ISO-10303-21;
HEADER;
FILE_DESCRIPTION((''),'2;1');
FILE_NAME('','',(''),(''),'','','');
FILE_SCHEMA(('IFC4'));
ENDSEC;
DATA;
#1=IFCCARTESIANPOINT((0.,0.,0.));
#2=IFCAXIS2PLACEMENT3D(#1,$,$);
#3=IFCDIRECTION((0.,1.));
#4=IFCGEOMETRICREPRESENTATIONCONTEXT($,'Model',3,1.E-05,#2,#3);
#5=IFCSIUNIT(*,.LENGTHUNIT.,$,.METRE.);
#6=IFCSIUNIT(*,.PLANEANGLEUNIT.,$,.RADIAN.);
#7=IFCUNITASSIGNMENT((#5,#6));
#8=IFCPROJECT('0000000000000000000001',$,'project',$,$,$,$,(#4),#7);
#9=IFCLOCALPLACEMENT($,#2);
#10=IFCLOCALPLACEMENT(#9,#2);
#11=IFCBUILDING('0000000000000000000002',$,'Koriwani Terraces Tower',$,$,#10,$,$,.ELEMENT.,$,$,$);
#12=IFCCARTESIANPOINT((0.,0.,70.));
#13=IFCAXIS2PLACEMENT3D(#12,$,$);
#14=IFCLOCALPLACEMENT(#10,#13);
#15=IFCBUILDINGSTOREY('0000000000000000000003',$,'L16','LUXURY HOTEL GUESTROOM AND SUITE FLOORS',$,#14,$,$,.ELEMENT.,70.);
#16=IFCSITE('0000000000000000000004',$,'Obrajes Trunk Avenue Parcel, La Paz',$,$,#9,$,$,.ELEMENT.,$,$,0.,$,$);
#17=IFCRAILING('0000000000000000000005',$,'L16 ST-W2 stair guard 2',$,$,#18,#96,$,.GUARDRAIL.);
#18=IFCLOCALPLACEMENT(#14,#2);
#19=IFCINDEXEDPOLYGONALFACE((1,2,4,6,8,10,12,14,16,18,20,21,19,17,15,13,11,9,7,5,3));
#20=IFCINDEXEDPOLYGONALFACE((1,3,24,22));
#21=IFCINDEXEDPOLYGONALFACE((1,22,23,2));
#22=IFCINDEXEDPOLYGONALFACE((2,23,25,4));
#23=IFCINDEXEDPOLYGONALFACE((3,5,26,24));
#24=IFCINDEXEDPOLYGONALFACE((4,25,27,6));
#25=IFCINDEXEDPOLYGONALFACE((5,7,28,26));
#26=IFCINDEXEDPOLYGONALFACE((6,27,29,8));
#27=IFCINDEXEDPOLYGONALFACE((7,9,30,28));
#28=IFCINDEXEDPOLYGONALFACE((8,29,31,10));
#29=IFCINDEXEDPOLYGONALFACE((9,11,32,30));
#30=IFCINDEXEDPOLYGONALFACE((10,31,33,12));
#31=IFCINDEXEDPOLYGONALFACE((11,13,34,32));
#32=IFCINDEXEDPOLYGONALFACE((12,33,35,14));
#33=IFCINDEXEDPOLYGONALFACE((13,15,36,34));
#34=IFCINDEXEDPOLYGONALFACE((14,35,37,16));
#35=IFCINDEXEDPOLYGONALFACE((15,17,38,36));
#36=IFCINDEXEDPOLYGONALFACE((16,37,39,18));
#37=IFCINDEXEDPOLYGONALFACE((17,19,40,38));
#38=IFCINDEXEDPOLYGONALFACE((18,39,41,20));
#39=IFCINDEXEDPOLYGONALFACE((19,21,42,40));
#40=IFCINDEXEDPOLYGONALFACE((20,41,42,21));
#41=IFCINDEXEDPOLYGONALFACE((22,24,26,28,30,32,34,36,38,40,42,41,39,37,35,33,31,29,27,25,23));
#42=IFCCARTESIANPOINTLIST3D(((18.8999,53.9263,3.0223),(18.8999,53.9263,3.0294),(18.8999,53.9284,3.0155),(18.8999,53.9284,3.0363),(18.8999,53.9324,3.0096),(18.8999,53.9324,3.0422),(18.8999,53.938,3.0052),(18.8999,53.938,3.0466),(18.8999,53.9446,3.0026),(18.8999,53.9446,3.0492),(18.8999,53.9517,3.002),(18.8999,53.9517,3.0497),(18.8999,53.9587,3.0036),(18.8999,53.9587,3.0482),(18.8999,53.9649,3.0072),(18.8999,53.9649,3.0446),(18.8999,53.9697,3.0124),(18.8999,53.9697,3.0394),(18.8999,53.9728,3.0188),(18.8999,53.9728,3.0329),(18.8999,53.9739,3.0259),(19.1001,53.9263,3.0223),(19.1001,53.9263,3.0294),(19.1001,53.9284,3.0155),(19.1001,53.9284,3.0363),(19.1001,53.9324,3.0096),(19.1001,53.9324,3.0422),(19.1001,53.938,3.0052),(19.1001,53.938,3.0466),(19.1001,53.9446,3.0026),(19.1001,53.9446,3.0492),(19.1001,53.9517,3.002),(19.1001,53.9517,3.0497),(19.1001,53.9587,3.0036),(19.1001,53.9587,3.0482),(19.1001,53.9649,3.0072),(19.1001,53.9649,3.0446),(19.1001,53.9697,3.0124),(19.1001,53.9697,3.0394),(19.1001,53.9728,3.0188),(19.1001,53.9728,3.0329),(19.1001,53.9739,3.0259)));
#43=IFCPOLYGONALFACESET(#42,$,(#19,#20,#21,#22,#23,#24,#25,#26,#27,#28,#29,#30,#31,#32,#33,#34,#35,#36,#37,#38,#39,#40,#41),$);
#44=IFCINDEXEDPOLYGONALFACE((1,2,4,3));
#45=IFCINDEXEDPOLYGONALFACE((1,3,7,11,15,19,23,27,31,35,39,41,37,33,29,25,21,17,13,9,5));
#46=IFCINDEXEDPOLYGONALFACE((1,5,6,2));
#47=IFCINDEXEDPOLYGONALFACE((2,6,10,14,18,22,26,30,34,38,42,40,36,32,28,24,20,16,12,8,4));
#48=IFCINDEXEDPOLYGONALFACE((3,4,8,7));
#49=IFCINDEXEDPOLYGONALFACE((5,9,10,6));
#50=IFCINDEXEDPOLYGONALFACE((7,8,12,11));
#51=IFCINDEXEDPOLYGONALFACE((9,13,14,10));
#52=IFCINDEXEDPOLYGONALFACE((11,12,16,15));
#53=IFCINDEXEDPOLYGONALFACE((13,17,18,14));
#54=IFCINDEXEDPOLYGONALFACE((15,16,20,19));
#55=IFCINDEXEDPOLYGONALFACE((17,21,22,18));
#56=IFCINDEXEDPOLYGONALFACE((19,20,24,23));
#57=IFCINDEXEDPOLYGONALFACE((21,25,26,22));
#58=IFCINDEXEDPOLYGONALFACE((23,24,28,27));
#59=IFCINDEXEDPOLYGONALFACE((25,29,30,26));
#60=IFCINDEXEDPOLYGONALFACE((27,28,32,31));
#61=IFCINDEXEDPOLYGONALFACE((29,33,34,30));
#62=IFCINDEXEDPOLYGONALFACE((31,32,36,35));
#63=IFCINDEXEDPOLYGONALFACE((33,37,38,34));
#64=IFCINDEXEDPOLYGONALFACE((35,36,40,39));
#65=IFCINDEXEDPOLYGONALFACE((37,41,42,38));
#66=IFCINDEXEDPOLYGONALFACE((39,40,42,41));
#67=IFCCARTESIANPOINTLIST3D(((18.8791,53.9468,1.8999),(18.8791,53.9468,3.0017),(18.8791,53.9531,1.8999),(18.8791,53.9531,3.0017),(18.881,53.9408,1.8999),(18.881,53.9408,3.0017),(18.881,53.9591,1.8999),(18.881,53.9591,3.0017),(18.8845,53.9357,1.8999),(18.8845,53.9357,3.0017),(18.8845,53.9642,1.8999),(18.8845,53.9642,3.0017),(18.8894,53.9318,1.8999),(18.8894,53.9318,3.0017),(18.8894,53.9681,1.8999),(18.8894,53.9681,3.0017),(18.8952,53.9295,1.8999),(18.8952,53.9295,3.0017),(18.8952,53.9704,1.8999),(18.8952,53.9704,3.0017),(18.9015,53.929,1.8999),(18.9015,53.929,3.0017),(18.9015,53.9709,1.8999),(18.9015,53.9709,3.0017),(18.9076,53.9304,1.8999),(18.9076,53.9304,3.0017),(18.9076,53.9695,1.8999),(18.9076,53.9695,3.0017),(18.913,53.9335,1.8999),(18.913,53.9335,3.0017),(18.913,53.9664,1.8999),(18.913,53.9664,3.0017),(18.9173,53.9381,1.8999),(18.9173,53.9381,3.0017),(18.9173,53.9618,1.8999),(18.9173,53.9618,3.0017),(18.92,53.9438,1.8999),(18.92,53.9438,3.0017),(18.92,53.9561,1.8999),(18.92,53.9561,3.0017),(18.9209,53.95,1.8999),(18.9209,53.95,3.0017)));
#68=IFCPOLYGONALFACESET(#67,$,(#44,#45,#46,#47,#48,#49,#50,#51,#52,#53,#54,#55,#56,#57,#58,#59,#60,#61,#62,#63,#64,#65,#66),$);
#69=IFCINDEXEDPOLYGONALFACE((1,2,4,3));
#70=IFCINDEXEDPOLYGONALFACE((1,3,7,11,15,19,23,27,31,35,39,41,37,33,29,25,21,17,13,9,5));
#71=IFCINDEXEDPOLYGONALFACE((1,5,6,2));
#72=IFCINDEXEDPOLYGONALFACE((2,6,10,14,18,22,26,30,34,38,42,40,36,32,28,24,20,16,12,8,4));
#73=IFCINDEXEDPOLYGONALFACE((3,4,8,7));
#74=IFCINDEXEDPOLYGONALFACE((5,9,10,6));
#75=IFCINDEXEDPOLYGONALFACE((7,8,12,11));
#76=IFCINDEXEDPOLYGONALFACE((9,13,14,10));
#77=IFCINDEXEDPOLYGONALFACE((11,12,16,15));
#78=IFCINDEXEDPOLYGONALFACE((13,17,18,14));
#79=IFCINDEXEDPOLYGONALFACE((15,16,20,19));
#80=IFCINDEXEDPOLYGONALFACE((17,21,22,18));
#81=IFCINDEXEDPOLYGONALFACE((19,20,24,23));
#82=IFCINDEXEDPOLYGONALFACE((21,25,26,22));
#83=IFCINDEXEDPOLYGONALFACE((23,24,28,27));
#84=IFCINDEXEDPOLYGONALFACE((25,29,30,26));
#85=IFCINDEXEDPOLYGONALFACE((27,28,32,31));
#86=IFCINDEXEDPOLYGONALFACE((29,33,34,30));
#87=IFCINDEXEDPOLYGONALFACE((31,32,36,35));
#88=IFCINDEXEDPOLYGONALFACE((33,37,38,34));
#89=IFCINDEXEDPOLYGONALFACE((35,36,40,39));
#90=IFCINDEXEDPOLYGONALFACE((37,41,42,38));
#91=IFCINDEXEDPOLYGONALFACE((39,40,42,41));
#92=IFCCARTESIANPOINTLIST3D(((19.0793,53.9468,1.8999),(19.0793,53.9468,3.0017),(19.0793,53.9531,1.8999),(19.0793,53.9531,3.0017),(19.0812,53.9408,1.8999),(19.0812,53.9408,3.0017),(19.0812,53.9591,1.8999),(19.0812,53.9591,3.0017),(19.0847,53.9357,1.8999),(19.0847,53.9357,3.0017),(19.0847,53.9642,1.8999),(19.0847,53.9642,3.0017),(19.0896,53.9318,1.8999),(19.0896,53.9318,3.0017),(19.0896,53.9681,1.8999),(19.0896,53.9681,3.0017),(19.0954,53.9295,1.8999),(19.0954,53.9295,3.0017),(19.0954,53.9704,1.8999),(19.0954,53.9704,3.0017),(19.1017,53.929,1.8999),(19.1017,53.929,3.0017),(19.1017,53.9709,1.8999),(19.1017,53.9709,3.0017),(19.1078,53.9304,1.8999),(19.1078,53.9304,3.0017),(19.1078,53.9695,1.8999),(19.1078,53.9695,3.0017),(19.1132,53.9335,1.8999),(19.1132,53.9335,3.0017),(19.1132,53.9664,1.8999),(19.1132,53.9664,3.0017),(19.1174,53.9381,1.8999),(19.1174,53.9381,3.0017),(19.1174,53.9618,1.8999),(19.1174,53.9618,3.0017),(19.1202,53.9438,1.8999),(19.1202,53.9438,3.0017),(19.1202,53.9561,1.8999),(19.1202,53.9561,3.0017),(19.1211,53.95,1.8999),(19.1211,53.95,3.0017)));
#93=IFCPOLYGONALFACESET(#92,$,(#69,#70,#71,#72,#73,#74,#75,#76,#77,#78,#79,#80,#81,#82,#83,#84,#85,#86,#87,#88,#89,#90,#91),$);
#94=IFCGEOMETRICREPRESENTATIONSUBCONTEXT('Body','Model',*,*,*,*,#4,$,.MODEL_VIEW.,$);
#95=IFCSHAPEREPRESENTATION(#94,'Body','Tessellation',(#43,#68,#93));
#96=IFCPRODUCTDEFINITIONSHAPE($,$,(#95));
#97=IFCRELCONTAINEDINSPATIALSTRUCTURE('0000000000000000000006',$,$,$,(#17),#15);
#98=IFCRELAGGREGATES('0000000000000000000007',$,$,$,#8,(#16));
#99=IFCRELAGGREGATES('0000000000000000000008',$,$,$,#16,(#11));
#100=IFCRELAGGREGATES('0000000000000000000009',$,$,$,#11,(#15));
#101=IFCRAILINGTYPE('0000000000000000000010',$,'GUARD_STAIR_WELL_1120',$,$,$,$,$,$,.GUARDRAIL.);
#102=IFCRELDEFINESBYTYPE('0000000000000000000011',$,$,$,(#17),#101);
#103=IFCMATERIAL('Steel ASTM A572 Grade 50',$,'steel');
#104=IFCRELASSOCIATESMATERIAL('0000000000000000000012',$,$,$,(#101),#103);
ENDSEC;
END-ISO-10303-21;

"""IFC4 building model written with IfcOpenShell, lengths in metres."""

from ifc_helpers import new_model, si_unit, direction, frame, origin, origin_2d, place, context, subcontext, project, spatial, circle, extrude, material, type_object, element, save


model = new_model("IFC4")

# Units and contexts
model_context = context("Model", 3, precision=1e-05, world=origin(), true_north=direction((0.0, 1.0)))
body_context = subcontext(model_context, "Body", "Model", "MODEL_VIEW")
ifc_project = project(units=[si_unit("LENGTHUNIT", "METRE"), si_unit("PLANEANGLEUNIT", "RADIAN")], contexts=[model_context])

# Site, building, storey
site_placement = place(None, origin())
site = spatial("IfcSite", under=ifc_project, at=site_placement, Name="Obrajes Trunk Avenue Parcel, La Paz", CompositionType="ELEMENT", RefElevation=0.0)
building_placement = place(site_placement, origin())
building = spatial("IfcBuilding", under=site, at=building_placement, Name="Koriwani Terraces Tower", CompositionType="ELEMENT")
storey_placement = place(building_placement, frame((0.0, 0.0, 70.0)))
storey = spatial("IfcBuildingStorey", under=building, at=storey_placement, Name="L16", Description="LUXURY HOTEL GUESTROOM AND SUITE FLOORS", CompositionType="ELEMENT", Elevation=70.0)

# Shared definitions
ifc_material_1 = material(Name="Steel ASTM A572 Grade 50", Category="steel")

# Railing
railing_type_1 = type_object("IfcRailingType", Name="GUARD_STAIR_WELL_1120", PredefinedType="GUARDRAIL", material=ifc_material_1)
railing_1_placement = place(storey_placement, frame((18.8999, 53.95, 1.8999)))
element("IfcRailing", 1, at=railing_1_placement, inside=storey, type_object=railing_type_1, Name="L16 ST-W2 stair guard 2", PredefinedType="GUARDRAIL", context=body_context, shape_type="SweptSolid", body=[
    extrude(circle(Radius=0.0239, at=origin_2d()), frame((0.0, 0.0, 1.126), z_axis=(1.0, 0.0, 0.0), x_axis=(0.0, 1.0, 0.0)), (0.0, 0.0, 1.0), 0.2002),
    extrude(circle(Radius=0.021, at=origin_2d()), origin(), (0.0, 0.0, 1.0), 1.1018),
    extrude(circle(Radius=0.021, at=origin_2d()), frame((0.2002, 0.0, 0.0)), (0.0, 0.0, 1.0), 1.1018),
])

save(model, "model.ifc")
